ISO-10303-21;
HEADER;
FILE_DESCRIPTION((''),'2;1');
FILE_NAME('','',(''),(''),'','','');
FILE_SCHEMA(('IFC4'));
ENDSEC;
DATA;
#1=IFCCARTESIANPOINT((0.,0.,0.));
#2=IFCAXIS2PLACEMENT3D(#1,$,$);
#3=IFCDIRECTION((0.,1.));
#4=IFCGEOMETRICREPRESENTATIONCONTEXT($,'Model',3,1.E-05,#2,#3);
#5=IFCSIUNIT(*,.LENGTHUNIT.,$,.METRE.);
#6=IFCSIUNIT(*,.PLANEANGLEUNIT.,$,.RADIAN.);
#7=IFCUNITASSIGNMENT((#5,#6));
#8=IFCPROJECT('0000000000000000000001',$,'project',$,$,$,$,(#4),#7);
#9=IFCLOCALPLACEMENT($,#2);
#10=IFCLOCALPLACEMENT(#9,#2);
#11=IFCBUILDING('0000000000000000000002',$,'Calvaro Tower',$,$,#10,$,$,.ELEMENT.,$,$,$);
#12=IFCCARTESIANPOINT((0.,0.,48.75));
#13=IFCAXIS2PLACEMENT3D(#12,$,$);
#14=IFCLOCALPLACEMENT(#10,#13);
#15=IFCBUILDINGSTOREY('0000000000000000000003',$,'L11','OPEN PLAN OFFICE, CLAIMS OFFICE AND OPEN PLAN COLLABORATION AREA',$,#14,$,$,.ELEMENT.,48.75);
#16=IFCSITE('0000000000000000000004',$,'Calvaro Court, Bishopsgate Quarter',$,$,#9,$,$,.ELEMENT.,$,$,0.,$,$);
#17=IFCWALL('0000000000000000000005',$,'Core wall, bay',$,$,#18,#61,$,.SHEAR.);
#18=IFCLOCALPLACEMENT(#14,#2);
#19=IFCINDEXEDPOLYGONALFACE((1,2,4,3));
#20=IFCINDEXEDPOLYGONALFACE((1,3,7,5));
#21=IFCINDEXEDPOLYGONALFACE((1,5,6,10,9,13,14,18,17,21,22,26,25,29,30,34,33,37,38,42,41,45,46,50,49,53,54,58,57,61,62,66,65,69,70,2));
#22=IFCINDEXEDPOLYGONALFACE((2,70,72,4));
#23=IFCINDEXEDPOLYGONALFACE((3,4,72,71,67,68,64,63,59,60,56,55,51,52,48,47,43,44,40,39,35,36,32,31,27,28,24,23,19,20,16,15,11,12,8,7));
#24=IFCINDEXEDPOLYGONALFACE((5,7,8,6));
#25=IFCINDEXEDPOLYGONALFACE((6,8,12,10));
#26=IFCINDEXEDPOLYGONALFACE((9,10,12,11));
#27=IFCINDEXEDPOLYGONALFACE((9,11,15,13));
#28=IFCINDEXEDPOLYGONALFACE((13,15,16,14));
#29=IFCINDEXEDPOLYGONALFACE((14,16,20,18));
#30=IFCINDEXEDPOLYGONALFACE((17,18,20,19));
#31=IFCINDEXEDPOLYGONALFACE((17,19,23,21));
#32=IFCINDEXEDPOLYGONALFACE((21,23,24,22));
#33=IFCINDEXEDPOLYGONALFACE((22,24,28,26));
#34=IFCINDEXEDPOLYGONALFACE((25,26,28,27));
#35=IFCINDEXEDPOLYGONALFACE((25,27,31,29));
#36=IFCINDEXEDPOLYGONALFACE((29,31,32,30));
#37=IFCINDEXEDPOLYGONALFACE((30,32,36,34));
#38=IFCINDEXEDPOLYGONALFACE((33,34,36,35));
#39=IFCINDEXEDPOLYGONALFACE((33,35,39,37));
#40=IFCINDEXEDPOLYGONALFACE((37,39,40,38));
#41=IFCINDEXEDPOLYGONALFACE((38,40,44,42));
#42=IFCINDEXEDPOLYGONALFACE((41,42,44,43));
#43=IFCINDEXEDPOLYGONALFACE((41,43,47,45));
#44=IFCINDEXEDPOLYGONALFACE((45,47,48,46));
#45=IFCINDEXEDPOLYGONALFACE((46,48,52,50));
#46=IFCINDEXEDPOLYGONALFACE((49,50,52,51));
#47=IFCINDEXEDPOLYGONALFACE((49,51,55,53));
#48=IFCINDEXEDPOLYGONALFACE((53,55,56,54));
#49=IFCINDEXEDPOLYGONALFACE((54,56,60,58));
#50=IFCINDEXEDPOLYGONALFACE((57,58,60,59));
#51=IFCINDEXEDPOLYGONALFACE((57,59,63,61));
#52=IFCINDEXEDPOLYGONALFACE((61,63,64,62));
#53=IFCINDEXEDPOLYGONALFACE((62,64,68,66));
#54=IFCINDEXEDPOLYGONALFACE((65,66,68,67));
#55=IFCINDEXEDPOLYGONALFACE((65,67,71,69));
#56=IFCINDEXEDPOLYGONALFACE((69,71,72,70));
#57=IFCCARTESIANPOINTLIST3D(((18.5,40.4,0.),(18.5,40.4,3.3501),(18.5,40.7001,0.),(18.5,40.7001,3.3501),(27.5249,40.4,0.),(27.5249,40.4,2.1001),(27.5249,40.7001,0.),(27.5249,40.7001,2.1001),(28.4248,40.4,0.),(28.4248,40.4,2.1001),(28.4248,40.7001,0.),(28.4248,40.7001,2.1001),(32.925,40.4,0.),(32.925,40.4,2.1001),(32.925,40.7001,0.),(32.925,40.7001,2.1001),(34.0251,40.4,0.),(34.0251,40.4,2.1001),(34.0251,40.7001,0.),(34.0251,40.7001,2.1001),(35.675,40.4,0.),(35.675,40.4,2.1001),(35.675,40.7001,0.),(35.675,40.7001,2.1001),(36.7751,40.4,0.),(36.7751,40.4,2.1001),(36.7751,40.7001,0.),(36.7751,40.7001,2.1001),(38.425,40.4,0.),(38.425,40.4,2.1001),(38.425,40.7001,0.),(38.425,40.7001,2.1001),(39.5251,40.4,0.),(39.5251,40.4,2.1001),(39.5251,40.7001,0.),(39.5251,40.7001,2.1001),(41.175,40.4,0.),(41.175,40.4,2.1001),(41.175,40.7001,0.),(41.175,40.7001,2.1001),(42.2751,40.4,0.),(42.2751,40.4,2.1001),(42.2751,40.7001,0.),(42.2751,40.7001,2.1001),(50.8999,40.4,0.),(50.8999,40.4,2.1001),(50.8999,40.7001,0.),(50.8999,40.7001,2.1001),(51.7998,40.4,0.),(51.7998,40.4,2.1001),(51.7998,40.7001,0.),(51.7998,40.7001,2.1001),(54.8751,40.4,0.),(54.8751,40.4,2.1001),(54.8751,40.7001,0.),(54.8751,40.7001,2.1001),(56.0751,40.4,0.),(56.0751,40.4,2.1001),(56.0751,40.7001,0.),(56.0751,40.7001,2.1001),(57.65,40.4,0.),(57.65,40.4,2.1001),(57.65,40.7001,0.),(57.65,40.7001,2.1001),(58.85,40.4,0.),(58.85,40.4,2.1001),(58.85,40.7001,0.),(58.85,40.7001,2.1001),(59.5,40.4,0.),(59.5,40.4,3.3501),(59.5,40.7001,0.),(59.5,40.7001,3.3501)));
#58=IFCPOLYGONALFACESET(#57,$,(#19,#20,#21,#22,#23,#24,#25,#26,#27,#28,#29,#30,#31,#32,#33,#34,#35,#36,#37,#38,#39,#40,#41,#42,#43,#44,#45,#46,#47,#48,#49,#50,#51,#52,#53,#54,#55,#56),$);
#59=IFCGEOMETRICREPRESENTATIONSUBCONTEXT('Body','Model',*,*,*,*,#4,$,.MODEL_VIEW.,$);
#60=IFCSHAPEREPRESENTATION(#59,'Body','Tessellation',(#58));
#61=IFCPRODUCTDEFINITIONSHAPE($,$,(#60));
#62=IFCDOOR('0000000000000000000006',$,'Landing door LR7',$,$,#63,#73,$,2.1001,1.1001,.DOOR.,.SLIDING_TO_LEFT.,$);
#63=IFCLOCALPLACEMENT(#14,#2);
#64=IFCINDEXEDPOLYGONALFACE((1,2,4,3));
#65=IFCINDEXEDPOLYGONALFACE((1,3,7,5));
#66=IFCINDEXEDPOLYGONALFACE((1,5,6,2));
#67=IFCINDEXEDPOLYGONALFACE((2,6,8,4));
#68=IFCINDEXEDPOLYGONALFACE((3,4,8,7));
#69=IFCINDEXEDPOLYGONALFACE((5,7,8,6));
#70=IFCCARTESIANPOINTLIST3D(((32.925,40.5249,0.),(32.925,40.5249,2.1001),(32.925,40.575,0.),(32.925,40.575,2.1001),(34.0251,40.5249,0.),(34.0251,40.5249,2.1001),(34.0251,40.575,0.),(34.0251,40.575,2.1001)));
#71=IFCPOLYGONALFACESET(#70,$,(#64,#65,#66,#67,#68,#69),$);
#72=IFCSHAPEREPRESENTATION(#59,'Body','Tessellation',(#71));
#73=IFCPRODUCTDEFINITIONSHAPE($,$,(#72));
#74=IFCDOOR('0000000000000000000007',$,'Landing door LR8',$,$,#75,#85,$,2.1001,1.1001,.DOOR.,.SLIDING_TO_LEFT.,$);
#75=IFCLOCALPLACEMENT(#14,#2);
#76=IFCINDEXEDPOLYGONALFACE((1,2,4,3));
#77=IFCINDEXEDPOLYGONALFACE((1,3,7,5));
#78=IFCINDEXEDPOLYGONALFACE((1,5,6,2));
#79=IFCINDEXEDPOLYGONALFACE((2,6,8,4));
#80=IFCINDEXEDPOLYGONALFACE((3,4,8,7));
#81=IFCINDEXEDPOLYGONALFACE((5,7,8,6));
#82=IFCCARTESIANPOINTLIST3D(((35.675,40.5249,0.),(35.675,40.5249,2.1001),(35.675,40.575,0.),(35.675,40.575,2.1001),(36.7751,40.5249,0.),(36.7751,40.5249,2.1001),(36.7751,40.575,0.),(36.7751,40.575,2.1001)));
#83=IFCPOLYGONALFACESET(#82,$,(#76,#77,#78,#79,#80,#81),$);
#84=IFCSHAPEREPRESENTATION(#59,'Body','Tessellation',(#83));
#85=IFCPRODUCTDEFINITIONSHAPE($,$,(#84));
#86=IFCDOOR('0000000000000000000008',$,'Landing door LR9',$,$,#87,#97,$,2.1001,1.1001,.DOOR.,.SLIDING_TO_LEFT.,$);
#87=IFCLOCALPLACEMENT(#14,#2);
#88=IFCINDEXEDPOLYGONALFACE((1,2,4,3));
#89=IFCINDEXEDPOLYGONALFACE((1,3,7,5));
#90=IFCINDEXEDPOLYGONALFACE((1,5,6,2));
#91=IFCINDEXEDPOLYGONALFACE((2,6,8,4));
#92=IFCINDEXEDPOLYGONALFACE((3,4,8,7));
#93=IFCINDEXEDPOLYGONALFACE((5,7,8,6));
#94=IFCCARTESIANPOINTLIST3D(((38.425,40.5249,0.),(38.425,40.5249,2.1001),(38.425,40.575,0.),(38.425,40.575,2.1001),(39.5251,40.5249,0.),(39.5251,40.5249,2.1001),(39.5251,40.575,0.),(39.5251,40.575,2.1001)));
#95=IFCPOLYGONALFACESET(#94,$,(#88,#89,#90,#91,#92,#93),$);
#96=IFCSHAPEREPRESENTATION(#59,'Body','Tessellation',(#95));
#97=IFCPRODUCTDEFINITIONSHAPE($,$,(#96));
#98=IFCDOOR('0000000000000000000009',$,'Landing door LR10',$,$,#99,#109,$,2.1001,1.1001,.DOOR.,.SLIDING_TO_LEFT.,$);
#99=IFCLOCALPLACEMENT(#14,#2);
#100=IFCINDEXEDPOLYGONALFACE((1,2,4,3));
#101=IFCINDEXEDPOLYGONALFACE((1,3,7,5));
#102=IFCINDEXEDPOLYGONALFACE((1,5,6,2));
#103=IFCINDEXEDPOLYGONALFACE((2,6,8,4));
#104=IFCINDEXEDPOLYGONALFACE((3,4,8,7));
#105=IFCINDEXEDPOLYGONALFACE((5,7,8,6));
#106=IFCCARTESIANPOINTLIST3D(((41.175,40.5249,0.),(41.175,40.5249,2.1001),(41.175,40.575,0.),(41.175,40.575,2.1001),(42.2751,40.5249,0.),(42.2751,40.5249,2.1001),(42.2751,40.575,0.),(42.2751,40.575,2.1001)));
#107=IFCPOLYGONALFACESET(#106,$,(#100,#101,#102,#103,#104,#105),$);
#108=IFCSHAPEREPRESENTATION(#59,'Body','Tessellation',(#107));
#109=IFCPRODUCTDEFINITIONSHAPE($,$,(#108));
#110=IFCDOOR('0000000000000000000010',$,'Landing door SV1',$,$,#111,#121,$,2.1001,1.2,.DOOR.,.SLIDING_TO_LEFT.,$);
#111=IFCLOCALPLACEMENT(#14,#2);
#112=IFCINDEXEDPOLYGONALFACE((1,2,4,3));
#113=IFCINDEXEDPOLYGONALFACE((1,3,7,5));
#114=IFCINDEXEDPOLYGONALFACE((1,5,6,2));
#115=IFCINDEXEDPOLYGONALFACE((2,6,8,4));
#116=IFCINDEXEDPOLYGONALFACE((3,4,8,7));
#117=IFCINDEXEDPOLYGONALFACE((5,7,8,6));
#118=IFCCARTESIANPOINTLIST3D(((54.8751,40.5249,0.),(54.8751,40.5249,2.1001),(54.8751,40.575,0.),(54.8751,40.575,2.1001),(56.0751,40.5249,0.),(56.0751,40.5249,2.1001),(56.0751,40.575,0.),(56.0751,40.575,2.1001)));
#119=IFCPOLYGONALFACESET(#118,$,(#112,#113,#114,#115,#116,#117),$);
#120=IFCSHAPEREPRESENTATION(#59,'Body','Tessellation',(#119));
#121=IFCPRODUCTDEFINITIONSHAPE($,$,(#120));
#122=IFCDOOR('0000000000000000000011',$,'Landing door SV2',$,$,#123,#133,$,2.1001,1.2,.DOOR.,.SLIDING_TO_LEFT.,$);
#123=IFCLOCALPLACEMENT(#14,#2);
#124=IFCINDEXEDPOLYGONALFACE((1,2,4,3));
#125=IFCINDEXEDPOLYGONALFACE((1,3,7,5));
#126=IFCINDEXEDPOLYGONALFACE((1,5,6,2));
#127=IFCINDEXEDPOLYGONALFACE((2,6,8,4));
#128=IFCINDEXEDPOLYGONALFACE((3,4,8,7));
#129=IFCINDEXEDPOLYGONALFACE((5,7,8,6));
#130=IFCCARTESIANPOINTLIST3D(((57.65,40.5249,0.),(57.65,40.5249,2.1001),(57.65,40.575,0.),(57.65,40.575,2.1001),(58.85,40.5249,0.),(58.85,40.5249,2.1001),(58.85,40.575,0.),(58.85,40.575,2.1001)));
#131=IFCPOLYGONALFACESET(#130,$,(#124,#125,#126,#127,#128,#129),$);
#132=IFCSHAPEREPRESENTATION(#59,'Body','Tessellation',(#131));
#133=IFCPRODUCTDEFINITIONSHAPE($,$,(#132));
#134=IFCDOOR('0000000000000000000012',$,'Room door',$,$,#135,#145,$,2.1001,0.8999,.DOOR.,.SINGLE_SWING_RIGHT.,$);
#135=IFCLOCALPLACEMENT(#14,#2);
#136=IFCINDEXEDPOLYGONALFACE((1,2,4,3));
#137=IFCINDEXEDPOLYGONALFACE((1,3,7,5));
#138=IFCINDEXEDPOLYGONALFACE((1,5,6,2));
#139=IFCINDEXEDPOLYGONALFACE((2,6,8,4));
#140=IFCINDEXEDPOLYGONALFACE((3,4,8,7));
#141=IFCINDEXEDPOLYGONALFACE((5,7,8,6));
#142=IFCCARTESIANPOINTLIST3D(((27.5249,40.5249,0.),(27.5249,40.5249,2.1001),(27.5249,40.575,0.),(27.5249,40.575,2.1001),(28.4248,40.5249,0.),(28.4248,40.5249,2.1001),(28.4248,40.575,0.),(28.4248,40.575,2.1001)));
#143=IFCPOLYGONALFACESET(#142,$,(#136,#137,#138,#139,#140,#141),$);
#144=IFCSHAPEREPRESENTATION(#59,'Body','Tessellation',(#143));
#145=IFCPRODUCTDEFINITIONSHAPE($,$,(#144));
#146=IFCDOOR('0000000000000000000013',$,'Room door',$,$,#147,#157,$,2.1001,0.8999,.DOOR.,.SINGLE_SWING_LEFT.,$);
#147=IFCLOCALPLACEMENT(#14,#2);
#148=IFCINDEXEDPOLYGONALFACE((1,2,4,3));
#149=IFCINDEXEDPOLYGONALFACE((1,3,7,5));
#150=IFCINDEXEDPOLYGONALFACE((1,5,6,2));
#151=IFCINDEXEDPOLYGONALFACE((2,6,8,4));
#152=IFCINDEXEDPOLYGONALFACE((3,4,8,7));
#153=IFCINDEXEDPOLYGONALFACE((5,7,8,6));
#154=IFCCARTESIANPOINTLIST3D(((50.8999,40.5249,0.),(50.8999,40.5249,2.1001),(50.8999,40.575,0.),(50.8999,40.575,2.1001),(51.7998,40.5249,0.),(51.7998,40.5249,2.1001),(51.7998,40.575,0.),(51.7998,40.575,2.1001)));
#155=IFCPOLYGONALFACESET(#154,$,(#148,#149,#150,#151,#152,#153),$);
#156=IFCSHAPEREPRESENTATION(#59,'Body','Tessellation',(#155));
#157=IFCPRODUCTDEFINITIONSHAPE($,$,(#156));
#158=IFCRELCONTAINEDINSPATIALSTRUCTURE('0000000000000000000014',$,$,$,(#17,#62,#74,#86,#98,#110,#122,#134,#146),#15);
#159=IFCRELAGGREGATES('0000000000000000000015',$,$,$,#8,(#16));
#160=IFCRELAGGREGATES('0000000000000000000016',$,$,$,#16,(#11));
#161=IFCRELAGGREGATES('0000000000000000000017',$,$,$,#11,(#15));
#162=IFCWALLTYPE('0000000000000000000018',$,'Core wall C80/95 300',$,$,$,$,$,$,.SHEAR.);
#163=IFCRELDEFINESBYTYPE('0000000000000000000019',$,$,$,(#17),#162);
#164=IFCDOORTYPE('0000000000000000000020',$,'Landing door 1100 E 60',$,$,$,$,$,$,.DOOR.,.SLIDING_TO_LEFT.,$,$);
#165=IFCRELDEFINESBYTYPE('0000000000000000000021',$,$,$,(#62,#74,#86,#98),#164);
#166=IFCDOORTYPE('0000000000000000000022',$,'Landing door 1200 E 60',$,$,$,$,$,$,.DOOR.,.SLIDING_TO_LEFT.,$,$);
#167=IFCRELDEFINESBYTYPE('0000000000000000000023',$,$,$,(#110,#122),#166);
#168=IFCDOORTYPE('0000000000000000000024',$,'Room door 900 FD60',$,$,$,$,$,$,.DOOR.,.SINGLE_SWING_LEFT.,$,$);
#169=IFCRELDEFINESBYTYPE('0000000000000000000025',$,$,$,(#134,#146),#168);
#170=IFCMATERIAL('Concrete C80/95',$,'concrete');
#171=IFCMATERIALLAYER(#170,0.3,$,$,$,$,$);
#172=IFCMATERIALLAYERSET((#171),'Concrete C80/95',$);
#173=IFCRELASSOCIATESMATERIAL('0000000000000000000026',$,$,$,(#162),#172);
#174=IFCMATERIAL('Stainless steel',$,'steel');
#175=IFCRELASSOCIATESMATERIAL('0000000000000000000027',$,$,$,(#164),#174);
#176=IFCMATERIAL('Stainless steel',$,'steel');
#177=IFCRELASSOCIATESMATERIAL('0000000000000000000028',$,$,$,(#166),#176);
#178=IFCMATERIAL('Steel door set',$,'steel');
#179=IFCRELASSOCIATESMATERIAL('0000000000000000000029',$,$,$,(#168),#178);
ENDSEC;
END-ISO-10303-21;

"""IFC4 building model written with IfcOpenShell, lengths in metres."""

from ifc_helpers import new_model, si_unit, direction, frame, frame_2d, origin, place, context, subcontext, project, spatial, rectangle, extrude, material, layer, layer_set, type_object, element, fill, save


model = new_model("IFC4")

# Units and contexts
model_context = context("Model", 3, precision=1e-05, world=origin(), true_north=direction((0.0, 1.0)))
body_context = subcontext(model_context, "Body", "Model", "MODEL_VIEW")
ifc_project = project(units=[si_unit("LENGTHUNIT", "METRE"), si_unit("PLANEANGLEUNIT", "RADIAN")], contexts=[model_context])

# Site, building, storey
site_placement = place(None, origin())
site = spatial("IfcSite", under=ifc_project, at=site_placement, Name="Calvaro Court, Bishopsgate Quarter", CompositionType="ELEMENT", RefElevation=0.0)
building_placement = place(site_placement, origin())
building = spatial("IfcBuilding", under=site, at=building_placement, Name="Calvaro Tower", CompositionType="ELEMENT")
storey_placement = place(building_placement, frame((0.0, 0.0, 48.75)))
storey = spatial("IfcBuildingStorey", under=building, at=storey_placement, Name="L11", Description="OPEN PLAN OFFICE, CLAIMS OFFICE AND OPEN PLAN COLLABORATION AREA", CompositionType="ELEMENT", Elevation=48.75)

# Shared definitions
ifc_material_1 = material(Name="Concrete C80/95", Category="concrete")
ifc_layer_1 = layer(ifc_material_1, 0.3)
ifc_layer_set_1 = layer_set([ifc_layer_1], Name="Concrete C80/95")
wall_type_1 = type_object("IfcWallType", Name="Core wall C80/95 300", PredefinedType="SHEAR", material=ifc_layer_set_1)
ifc_material_2 = material(Name="Stainless steel", Category="steel")
door_type_1 = type_object("IfcDoorType", Name="Landing door 1100 E 60", OperationType="SLIDING_TO_LEFT", PredefinedType="DOOR", material=ifc_material_2)

# Wall, openings, doors
wall_1_placement = place(storey_placement, frame((18.5, 40.55, 0.0), z_axis=(0.0, 0.0, 1.0), x_axis=(1.0, 0.0, 0.0)))
wall_1 = element("IfcWall", 1, at=wall_1_placement, inside=storey, type_object=wall_type_1, Name="Core wall, bay", PredefinedType="SHEAR", context=body_context, shape_type="SweptSolid", body=[
    extrude(rectangle(XDim=41.0, YDim=0.3, at=frame_2d((20.5, 0.0))), origin(), (0.0, 0.0, 1.0), 3.3501),
])
opening_1_placement = place(wall_1_placement, frame((9.0249, 0.0, 0.0)))
opening_1 = element("IfcOpeningElement", 2, at=opening_1_placement, cuts=wall_1, PredefinedType="OPENING", context=body_context, shape_type="SweptSolid", body=[
    extrude(rectangle(XDim=0.8999, YDim=2.1001, at=frame_2d((0.45, 1.05))), frame((0.0, 0.1599, 0.0), z_axis=(0.0, -1.0, 0.0), x_axis=(1.0, 0.0, 0.0)), (0.0, 0.0, 1.0), 0.3201),
])
opening_2_placement = place(wall_1_placement, frame((32.3999, 0.0, 0.0)))
opening_2 = element("IfcOpeningElement", 3, at=opening_2_placement, cuts=wall_1, PredefinedType="OPENING", context=body_context, shape_type="SweptSolid", body=[
    extrude(rectangle(XDim=0.8999, YDim=2.1001, at=frame_2d((0.45, 1.05))), frame((0.0, 0.1599, 0.0), z_axis=(0.0, -1.0, 0.0), x_axis=(1.0, 0.0, 0.0)), (0.0, 0.0, 1.0), 0.3201),
])
opening_3_placement = place(wall_1_placement, frame((14.425, 0.0, 0.0)))
opening_3 = element("IfcOpeningElement", 4, at=opening_3_placement, cuts=wall_1, PredefinedType="OPENING", context=body_context, shape_type="SweptSolid", body=[
    extrude(rectangle(XDim=1.1001, YDim=2.1001, at=frame_2d((0.55, 1.05))), frame((0.0, 0.1599, 0.0), z_axis=(0.0, -1.0, 0.0), x_axis=(1.0, 0.0, 0.0)), (0.0, 0.0, 1.0), 0.3201),
])
opening_4_placement = place(wall_1_placement, frame((17.175, 0.0, 0.0)))
opening_4 = element("IfcOpeningElement", 5, at=opening_4_placement, cuts=wall_1, PredefinedType="OPENING", context=body_context, shape_type="SweptSolid", body=[
    extrude(rectangle(XDim=1.1001, YDim=2.1001, at=frame_2d((0.55, 1.05))), frame((0.0, 0.1599, 0.0), z_axis=(0.0, -1.0, 0.0), x_axis=(1.0, 0.0, 0.0)), (0.0, 0.0, 1.0), 0.3201),
])
opening_5_placement = place(wall_1_placement, frame((19.925, 0.0, 0.0)))
opening_5 = element("IfcOpeningElement", 6, at=opening_5_placement, cuts=wall_1, PredefinedType="OPENING", context=body_context, shape_type="SweptSolid", body=[
    extrude(rectangle(XDim=1.1001, YDim=2.1001, at=frame_2d((0.55, 1.05))), frame((0.0, 0.1599, 0.0), z_axis=(0.0, -1.0, 0.0), x_axis=(1.0, 0.0, 0.0)), (0.0, 0.0, 1.0), 0.3201),
])
opening_6_placement = place(wall_1_placement, frame((22.675, 0.0, 0.0)))
opening_6 = element("IfcOpeningElement", 7, at=opening_6_placement, cuts=wall_1, PredefinedType="OPENING", context=body_context, shape_type="SweptSolid", body=[
    extrude(rectangle(XDim=1.1001, YDim=2.1001, at=frame_2d((0.55, 1.05))), frame((0.0, 0.1599, 0.0), z_axis=(0.0, -1.0, 0.0), x_axis=(1.0, 0.0, 0.0)), (0.0, 0.0, 1.0), 0.3201),
])
opening_7_placement = place(wall_1_placement, frame((36.375, 0.0, 0.0)))
opening_7 = element("IfcOpeningElement", 8, at=opening_7_placement, cuts=wall_1, PredefinedType="OPENING", context=body_context, shape_type="SweptSolid", body=[
    extrude(rectangle(XDim=1.2, YDim=2.1001, at=frame_2d((0.6001, 1.05))), frame((0.0, 0.1599, 0.0), z_axis=(0.0, -1.0, 0.0), x_axis=(1.0, 0.0, 0.0)), (0.0, 0.0, 1.0), 0.3201),
])
opening_8_placement = place(wall_1_placement, frame((39.1499, 0.0, 0.0)))
opening_8 = element("IfcOpeningElement", 9, at=opening_8_placement, cuts=wall_1, PredefinedType="OPENING", context=body_context, shape_type="SweptSolid", body=[
    extrude(rectangle(XDim=1.2, YDim=2.1001, at=frame_2d((0.6001, 1.05))), frame((0.0, 0.1599, 0.0), z_axis=(0.0, -1.0, 0.0), x_axis=(1.0, 0.0, 0.0)), (0.0, 0.0, 1.0), 0.3201),
])
door_1_placement = place(opening_3_placement, origin())
door_1 = element("IfcDoor", 10, at=door_1_placement, inside=storey, type_object=door_type_1, Name="Landing door LR7", OperationType="SLIDING_TO_LEFT", OverallHeight=2.1001, OverallWidth=1.1001, PredefinedType="DOOR", context=body_context, shape_type="SweptSolid", body=[
    extrude(rectangle(XDim=1.1001, YDim=2.1001, at=frame_2d((0.55, 1.05))), frame((0.0, 0.0249, 0.0), z_axis=(0.0, -1.0, 0.0), x_axis=(1.0, 0.0, 0.0)), (0.0, 0.0, 1.0), 0.05),
])
fill(opening_3, door_1)
door_2_placement = place(opening_4_placement, origin())
door_2 = element("IfcDoor", 11, at=door_2_placement, inside=storey, type_object=door_type_1, Name="Landing door LR8", OperationType="SLIDING_TO_LEFT", OverallHeight=2.1001, OverallWidth=1.1001, PredefinedType="DOOR", context=body_context, shape_type="SweptSolid", body=[
    extrude(rectangle(XDim=1.1001, YDim=2.1001, at=frame_2d((0.55, 1.05))), frame((0.0, 0.0249, 0.0), z_axis=(0.0, -1.0, 0.0), x_axis=(1.0, 0.0, 0.0)), (0.0, 0.0, 1.0), 0.05),
])
fill(opening_4, door_2)
door_3_placement = place(opening_5_placement, origin())
door_3 = element("IfcDoor", 12, at=door_3_placement, inside=storey, type_object=door_type_1, Name="Landing door LR9", OperationType="SLIDING_TO_LEFT", OverallHeight=2.1001, OverallWidth=1.1001, PredefinedType="DOOR", context=body_context, shape_type="SweptSolid", body=[
    extrude(rectangle(XDim=1.1001, YDim=2.1001, at=frame_2d((0.55, 1.05))), frame((0.0, 0.0249, 0.0), z_axis=(0.0, -1.0, 0.0), x_axis=(1.0, 0.0, 0.0)), (0.0, 0.0, 1.0), 0.05),
])
fill(opening_5, door_3)
door_4_placement = place(opening_6_placement, origin())
door_4 = element("IfcDoor", 13, at=door_4_placement, inside=storey, type_object=door_type_1, Name="Landing door LR10", OperationType="SLIDING_TO_LEFT", OverallHeight=2.1001, OverallWidth=1.1001, PredefinedType="DOOR", context=body_context, shape_type="SweptSolid", body=[
    extrude(rectangle(XDim=1.1001, YDim=2.1001, at=frame_2d((0.55, 1.05))), frame((0.0, 0.0249, 0.0), z_axis=(0.0, -1.0, 0.0), x_axis=(1.0, 0.0, 0.0)), (0.0, 0.0, 1.0), 0.05),
])
fill(opening_6, door_4)
ifc_material_3 = material(Name="Stainless steel", Category="steel")
door_type_2 = type_object("IfcDoorType", Name="Landing door 1200 E 60", OperationType="SLIDING_TO_LEFT", PredefinedType="DOOR", material=ifc_material_3)
door_5_placement = place(opening_7_placement, origin())
door_5 = element("IfcDoor", 14, at=door_5_placement, inside=storey, type_object=door_type_2, Name="Landing door SV1", OperationType="SLIDING_TO_LEFT", OverallHeight=2.1001, OverallWidth=1.2, PredefinedType="DOOR", context=body_context, shape_type="SweptSolid", body=[
    extrude(rectangle(XDim=1.2, YDim=2.1001, at=frame_2d((0.6001, 1.05))), frame((0.0, 0.0249, 0.0), z_axis=(0.0, -1.0, 0.0), x_axis=(1.0, 0.0, 0.0)), (0.0, 0.0, 1.0), 0.05),
])
fill(opening_7, door_5)
door_6_placement = place(opening_8_placement, origin())
door_6 = element("IfcDoor", 15, at=door_6_placement, inside=storey, type_object=door_type_2, Name="Landing door SV2", OperationType="SLIDING_TO_LEFT", OverallHeight=2.1001, OverallWidth=1.2, PredefinedType="DOOR", context=body_context, shape_type="SweptSolid", body=[
    extrude(rectangle(XDim=1.2, YDim=2.1001, at=frame_2d((0.6001, 1.05))), frame((0.0, 0.0249, 0.0), z_axis=(0.0, -1.0, 0.0), x_axis=(1.0, 0.0, 0.0)), (0.0, 0.0, 1.0), 0.05),
])
fill(opening_8, door_6)
ifc_material_4 = material(Name="Steel door set", Category="steel")
door_type_3 = type_object("IfcDoorType", Name="Room door 900 FD60", OperationType="SINGLE_SWING_LEFT", PredefinedType="DOOR", material=ifc_material_4)
door_7_placement = place(opening_1_placement, origin())
door_7 = element("IfcDoor", 16, at=door_7_placement, inside=storey, type_object=door_type_3, Name="Room door", OperationType="SINGLE_SWING_RIGHT", OverallHeight=2.1001, OverallWidth=0.8999, PredefinedType="DOOR", context=body_context, shape_type="SweptSolid", body=[
    extrude(rectangle(XDim=0.8999, YDim=2.1001, at=frame_2d((0.45, 1.05))), frame((0.0, 0.0249, 0.0), z_axis=(0.0, -1.0, 0.0), x_axis=(1.0, 0.0, 0.0)), (0.0, 0.0, 1.0), 0.05),
])
fill(opening_1, door_7)
door_8_placement = place(opening_2_placement, origin())
door_8 = element("IfcDoor", 17, at=door_8_placement, inside=storey, type_object=door_type_3, Name="Room door", OperationType="SINGLE_SWING_LEFT", OverallHeight=2.1001, OverallWidth=0.8999, PredefinedType="DOOR", context=body_context, shape_type="SweptSolid", body=[
    extrude(rectangle(XDim=0.8999, YDim=2.1001, at=frame_2d((0.45, 1.05))), frame((0.0, 0.0249, 0.0), z_axis=(0.0, -1.0, 0.0), x_axis=(1.0, 0.0, 0.0)), (0.0, 0.0, 1.0), 0.05),
])
fill(opening_2, door_8)

save(model, "model.ifc")
